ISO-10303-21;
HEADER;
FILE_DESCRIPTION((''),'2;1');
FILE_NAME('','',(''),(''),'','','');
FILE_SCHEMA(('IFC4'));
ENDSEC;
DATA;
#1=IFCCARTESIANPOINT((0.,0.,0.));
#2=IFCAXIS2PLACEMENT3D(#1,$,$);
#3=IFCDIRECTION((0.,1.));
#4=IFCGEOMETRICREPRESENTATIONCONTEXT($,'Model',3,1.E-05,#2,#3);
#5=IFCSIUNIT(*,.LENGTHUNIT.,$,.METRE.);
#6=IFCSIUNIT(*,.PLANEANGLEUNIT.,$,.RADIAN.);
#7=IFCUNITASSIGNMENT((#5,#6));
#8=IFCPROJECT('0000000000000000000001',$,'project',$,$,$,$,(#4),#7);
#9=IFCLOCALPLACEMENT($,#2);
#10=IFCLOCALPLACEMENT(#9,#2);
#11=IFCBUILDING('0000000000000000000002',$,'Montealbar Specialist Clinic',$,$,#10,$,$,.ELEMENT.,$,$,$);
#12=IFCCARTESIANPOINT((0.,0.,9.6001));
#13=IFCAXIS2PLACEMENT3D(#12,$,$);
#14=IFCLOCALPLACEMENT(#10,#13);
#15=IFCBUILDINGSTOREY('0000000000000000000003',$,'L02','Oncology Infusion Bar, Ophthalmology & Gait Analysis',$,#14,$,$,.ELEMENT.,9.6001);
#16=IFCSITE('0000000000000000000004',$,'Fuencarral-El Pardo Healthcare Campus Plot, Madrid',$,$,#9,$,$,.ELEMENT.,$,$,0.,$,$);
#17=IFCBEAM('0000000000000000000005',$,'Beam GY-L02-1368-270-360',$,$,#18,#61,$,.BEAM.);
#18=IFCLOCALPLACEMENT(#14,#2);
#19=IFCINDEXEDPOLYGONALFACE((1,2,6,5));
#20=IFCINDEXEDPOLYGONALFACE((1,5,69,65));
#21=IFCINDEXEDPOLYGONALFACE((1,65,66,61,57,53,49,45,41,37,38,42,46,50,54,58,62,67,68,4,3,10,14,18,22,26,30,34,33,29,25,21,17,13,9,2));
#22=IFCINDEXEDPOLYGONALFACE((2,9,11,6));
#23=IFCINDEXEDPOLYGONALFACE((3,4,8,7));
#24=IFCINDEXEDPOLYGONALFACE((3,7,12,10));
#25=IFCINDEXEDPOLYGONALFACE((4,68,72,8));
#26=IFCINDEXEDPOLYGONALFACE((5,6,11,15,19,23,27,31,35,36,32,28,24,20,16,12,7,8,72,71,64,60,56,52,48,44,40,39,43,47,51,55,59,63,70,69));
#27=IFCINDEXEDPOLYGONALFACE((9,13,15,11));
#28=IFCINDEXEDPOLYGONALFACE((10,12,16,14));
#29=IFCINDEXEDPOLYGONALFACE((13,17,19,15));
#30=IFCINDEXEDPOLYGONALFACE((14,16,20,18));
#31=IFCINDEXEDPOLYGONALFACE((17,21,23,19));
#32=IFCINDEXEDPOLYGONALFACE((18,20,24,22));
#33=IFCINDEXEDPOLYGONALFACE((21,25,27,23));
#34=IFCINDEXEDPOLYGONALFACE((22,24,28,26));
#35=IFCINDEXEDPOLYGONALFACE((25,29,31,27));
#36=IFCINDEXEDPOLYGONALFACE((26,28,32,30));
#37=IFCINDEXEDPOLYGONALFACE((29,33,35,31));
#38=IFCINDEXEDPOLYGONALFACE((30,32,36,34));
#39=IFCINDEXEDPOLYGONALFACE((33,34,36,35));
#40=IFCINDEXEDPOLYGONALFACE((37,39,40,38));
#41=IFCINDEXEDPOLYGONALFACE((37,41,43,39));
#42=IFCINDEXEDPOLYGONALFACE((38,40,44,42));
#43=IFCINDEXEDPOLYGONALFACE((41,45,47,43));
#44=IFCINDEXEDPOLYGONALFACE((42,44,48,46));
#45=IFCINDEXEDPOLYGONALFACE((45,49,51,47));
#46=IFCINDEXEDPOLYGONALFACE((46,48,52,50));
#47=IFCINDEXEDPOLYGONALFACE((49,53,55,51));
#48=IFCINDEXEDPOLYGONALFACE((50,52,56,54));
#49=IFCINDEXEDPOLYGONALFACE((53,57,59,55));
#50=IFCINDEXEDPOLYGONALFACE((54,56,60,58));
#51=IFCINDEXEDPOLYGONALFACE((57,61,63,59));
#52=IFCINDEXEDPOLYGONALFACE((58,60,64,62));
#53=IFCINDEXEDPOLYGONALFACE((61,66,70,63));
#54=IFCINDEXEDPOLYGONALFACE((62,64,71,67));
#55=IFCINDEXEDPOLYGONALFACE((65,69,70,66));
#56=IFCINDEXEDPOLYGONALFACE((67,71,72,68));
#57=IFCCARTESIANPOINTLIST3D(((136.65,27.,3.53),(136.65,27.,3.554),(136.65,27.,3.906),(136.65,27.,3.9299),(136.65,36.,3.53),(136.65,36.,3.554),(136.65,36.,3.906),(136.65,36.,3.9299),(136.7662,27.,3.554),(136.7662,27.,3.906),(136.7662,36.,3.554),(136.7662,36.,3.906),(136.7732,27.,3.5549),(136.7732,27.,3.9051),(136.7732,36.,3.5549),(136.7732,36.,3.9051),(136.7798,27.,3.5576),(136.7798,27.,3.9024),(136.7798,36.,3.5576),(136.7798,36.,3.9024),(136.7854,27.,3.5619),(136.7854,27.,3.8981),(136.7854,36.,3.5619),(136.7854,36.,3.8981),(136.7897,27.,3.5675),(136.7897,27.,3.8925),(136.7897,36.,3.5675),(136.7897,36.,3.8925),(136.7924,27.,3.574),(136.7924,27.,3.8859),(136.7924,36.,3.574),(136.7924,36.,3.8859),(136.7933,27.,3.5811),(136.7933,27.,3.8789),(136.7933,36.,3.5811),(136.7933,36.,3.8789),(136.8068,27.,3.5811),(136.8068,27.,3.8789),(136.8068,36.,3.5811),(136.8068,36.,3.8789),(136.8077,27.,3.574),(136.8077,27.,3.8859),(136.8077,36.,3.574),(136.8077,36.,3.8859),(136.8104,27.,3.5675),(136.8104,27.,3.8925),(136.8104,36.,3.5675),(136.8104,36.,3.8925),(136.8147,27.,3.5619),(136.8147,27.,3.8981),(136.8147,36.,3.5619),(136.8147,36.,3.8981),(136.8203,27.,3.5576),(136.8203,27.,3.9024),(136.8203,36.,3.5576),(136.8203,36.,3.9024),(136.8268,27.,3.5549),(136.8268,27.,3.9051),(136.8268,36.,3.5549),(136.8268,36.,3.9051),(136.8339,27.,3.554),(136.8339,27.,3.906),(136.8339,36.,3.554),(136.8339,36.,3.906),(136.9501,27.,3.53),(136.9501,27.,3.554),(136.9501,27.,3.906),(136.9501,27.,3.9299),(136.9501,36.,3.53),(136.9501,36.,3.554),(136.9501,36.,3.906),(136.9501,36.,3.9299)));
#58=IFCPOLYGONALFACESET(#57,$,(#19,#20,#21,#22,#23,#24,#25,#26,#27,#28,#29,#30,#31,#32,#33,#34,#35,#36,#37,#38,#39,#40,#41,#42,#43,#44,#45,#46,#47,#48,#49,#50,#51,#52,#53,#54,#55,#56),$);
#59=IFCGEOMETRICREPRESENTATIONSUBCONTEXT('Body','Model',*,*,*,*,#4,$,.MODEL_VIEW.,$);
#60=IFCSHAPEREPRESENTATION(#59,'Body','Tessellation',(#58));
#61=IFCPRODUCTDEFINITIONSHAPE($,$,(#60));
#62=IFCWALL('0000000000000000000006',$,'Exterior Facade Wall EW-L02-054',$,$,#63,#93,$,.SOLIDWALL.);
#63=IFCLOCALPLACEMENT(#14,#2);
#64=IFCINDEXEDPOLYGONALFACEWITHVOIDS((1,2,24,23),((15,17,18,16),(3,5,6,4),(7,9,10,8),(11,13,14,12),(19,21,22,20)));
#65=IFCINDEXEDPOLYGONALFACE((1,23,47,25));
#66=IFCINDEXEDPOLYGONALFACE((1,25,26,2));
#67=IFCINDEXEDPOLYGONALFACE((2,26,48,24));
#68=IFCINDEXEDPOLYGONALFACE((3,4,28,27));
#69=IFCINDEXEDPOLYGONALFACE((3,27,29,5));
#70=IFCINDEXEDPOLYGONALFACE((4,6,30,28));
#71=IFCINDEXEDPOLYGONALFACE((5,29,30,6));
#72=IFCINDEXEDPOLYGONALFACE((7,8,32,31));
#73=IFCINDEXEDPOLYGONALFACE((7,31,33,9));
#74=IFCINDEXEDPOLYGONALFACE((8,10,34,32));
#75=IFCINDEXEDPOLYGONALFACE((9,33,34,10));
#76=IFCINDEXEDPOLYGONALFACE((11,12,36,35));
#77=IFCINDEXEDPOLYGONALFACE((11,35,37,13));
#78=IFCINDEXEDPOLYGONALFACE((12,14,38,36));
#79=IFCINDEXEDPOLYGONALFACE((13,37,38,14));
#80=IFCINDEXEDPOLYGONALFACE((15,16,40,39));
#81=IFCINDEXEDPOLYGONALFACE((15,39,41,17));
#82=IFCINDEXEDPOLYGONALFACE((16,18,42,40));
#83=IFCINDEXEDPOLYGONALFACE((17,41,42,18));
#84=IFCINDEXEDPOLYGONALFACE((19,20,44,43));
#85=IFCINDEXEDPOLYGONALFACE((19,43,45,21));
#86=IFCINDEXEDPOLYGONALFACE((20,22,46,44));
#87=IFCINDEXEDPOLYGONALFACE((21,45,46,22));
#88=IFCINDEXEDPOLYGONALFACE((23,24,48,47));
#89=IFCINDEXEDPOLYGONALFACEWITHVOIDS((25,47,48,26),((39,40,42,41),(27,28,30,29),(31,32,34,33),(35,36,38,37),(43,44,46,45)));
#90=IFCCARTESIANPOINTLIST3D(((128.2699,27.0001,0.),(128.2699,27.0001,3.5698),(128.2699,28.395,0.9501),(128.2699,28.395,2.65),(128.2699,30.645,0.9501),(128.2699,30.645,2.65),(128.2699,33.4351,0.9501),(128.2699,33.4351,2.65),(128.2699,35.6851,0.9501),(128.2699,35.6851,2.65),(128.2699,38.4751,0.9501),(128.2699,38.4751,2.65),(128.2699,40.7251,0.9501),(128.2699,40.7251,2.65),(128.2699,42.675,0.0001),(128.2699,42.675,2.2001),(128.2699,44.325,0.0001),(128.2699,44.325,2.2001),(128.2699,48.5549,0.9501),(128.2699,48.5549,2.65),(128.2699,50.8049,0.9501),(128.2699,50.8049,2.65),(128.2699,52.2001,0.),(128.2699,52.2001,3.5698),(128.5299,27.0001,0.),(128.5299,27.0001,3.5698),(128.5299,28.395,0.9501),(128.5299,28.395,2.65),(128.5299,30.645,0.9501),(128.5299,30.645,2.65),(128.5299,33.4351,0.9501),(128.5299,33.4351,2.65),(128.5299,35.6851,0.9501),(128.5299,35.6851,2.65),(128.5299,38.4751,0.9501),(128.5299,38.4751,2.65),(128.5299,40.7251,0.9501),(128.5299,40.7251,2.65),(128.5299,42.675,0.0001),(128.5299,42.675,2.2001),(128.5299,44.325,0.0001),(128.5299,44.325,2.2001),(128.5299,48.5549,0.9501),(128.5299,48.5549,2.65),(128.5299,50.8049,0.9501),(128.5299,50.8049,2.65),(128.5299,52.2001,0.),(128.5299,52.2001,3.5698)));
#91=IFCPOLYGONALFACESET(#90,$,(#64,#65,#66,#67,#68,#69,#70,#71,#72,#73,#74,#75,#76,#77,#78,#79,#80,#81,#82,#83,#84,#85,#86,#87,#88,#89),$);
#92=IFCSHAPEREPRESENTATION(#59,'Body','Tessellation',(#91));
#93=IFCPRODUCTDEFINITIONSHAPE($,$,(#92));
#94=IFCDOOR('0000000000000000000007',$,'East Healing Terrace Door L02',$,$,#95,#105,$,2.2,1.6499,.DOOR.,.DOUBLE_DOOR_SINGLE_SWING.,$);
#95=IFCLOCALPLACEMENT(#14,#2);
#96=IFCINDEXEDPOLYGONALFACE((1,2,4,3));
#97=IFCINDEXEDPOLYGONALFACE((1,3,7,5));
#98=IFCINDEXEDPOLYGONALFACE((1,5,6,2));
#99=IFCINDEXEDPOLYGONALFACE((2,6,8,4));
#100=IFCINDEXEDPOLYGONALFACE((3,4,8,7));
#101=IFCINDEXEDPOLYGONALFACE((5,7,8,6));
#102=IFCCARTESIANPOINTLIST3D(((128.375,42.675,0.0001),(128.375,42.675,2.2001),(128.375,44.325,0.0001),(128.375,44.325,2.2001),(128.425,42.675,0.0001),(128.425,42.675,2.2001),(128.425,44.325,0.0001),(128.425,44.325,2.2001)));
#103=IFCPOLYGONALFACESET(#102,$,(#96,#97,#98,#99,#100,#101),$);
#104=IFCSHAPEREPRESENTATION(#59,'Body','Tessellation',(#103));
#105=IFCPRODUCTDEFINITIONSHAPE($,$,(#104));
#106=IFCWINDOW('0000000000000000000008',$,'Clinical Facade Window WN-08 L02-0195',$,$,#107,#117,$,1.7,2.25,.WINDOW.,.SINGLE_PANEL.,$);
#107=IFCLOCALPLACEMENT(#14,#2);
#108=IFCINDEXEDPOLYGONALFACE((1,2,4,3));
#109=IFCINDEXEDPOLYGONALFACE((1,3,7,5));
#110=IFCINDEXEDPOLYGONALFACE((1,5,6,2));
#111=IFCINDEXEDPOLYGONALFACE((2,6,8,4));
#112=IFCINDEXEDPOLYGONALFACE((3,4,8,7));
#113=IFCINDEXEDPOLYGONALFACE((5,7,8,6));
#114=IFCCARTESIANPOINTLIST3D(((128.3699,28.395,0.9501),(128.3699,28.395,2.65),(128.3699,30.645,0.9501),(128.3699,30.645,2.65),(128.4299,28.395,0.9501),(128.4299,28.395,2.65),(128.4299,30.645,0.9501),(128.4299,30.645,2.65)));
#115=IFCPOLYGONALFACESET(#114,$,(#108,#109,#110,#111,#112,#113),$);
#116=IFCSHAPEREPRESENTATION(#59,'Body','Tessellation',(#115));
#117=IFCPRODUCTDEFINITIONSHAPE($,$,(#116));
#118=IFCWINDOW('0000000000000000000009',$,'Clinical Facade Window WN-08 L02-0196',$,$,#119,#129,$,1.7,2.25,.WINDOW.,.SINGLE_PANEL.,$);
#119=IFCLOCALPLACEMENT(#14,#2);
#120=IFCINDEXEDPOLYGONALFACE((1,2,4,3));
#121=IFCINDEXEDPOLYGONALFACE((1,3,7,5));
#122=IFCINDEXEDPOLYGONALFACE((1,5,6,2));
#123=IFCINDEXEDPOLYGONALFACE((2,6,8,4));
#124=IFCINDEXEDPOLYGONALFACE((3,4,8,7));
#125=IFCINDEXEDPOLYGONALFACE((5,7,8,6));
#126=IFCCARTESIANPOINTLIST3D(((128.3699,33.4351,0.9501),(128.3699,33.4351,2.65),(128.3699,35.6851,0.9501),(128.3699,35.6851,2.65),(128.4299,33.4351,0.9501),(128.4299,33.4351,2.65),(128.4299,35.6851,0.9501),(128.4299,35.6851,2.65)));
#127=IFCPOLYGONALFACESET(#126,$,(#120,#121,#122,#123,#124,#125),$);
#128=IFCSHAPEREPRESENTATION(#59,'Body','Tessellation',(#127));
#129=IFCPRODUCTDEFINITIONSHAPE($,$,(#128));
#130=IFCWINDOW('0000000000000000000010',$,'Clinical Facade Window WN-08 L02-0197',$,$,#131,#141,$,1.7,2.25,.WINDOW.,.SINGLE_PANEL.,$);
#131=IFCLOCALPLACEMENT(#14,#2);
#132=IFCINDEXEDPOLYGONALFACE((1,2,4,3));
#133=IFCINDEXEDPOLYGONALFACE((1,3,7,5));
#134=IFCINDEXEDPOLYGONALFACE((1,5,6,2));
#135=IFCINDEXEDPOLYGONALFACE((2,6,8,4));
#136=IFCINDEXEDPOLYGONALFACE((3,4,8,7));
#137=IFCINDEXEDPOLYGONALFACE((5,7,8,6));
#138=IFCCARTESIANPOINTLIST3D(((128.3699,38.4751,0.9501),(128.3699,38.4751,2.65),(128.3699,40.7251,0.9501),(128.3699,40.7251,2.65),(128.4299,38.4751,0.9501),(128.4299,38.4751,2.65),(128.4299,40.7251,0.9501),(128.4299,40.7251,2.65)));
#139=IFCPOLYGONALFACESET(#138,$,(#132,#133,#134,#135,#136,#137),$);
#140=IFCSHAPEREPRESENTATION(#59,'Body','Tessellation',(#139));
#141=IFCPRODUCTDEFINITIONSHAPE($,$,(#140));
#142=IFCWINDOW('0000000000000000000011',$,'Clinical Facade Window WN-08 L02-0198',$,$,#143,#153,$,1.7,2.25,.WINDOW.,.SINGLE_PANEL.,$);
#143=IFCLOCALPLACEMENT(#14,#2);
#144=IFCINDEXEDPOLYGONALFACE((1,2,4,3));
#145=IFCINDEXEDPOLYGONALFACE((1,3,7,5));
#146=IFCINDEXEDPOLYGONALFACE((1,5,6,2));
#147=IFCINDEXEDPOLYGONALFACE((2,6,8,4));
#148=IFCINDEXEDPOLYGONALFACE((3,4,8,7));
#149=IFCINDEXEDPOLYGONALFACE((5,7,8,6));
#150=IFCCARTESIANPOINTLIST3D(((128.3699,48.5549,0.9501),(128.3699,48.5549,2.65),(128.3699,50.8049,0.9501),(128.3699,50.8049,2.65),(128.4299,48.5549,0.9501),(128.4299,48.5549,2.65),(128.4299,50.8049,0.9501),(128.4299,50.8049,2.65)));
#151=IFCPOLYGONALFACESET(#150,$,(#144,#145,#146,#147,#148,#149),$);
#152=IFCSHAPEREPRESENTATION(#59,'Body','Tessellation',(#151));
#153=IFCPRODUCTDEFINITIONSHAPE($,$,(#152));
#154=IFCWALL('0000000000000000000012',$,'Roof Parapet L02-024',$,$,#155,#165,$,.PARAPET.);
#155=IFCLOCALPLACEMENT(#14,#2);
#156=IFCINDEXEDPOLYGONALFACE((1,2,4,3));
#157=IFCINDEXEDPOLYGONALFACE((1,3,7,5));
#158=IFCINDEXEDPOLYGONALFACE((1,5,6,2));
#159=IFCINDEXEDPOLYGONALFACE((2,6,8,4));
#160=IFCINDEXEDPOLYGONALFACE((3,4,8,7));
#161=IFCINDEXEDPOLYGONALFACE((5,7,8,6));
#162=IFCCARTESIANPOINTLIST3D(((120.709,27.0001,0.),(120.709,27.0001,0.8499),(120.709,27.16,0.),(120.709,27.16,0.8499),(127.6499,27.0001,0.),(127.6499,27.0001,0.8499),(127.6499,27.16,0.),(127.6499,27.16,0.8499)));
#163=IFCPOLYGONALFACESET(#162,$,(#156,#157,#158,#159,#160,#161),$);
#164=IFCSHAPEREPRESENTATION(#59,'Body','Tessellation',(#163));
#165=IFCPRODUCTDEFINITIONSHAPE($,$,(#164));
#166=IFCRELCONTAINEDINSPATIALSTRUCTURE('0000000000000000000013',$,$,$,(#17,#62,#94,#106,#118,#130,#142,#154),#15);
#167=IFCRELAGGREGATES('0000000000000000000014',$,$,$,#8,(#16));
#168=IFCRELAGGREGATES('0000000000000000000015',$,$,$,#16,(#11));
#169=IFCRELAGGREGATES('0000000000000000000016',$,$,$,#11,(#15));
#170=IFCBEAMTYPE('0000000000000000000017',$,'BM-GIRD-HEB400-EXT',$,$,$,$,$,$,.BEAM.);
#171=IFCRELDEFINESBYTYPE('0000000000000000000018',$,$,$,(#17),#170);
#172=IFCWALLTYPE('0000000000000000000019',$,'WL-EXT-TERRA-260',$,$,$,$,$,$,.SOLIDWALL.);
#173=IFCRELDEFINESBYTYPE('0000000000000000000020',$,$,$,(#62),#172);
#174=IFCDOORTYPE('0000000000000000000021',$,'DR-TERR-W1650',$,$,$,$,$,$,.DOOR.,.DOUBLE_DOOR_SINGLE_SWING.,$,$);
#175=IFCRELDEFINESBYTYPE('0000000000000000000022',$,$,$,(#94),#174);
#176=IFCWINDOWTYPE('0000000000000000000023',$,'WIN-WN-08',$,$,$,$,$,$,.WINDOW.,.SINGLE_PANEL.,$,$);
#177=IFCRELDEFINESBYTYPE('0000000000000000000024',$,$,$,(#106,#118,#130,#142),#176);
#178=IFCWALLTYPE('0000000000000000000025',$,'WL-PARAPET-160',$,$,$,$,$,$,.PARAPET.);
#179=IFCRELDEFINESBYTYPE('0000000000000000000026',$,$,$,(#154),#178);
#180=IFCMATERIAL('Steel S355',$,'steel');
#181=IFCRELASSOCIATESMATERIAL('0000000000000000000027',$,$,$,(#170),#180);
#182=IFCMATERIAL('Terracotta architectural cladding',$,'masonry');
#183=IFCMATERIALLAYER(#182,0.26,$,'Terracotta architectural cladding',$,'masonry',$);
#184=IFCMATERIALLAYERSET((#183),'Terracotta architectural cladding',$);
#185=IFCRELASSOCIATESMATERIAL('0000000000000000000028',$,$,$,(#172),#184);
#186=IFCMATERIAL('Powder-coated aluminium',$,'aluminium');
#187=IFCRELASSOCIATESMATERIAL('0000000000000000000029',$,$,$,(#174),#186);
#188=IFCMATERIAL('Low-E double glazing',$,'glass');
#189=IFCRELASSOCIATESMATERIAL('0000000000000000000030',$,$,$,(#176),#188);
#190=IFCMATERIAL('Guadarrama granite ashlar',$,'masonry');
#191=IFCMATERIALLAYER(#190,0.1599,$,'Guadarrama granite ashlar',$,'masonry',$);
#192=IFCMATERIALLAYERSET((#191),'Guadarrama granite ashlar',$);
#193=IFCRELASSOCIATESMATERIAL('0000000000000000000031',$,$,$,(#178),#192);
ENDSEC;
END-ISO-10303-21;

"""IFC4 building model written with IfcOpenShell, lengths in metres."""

from ifc_helpers import new_model, si_unit, direction, frame, frame_2d, origin, origin_2d, place, context, subcontext, project, spatial, rectangle, i_section, extrude, material, layer, layer_set, material_profile, profile_set, type_object, element, fill, save


model = new_model("IFC4")

# Units and contexts
model_context = context("Model", 3, precision=1e-05, world=origin(), true_north=direction((0.0, 1.0)))
body_context = subcontext(model_context, "Body", "Model", "MODEL_VIEW")
ifc_project = project(units=[si_unit("LENGTHUNIT", "METRE"), si_unit("PLANEANGLEUNIT", "RADIAN")], contexts=[model_context])

# Site, building, storey
site_placement = place(None, origin())
site = spatial("IfcSite", under=ifc_project, at=site_placement, Name="Fuencarral-El Pardo Healthcare Campus Plot, Madrid", CompositionType="ELEMENT", RefElevation=0.0)
building_placement = place(site_placement, origin())
building = spatial("IfcBuilding", under=site, at=building_placement, Name="Montealbar Specialist Clinic", CompositionType="ELEMENT")
storey_placement = place(building_placement, frame((0.0, 0.0, 9.6001)))
storey = spatial("IfcBuildingStorey", under=building, at=storey_placement, Name="L02", Description="Oncology Infusion Bar, Ophthalmology & Gait Analysis", CompositionType="ELEMENT", Elevation=9.6001)

# Shared definitions
ifc_material_1 = material(Name="Steel S355", Category="steel")

# Beam
ifc_material_profile_1 = material_profile(ifc_material_1, i_section(OverallWidth=0.3, OverallDepth=0.3999, WebThickness=0.0134, FlangeThickness=0.0239, FilletRadius=0.0271, at=origin_2d()), Name="HEB 400", Category="steel")
ifc_profile_set_1 = profile_set([ifc_material_profile_1], Name="Steel S355")
beam_type = type_object("IfcBeamType", Name="BM-GIRD-HEB400-EXT", PredefinedType="BEAM", material=ifc_profile_set_1)
beam_1_placement = place(storey_placement, frame((136.8, 27.0, 3.73), z_axis=(0.0, 1.0, 0.0), x_axis=(-1.0, 0.0, 0.0)))
element("IfcBeam", 1, at=beam_1_placement, inside=storey, type_object=beam_type, Name="Beam GY-L02-1368-270-360", PredefinedType="BEAM", context=body_context, shape_type="SweptSolid", body=[
    extrude(i_section(OverallWidth=0.3, OverallDepth=0.3999, WebThickness=0.0134, FlangeThickness=0.0239, FilletRadius=0.0271, at=origin_2d()), origin(), (0.0, 0.0, 1.0), 9.0),
])

# Wall, openings, door, windows
ifc_material_2 = material(Name="Terracotta architectural cladding", Category="masonry")
ifc_layer_1 = layer(ifc_material_2, 0.26, Name="Terracotta architectural cladding", Category="masonry")
ifc_layer_set_1 = layer_set([ifc_layer_1], Name="Terracotta architectural cladding")
wall_type_1 = type_object("IfcWallType", Name="WL-EXT-TERRA-260", PredefinedType="SOLIDWALL", material=ifc_layer_set_1)
wall_1_placement = place(storey_placement, frame((128.3999, 27.0, 0.0), z_axis=(0.0, 0.0, 1.0), x_axis=(0.0, 1.0, 0.0)))
wall_1 = element("IfcWall", 2, at=wall_1_placement, inside=storey, type_object=wall_type_1, Name="Exterior Facade Wall EW-L02-054", PredefinedType="SOLIDWALL", context=body_context, shape_type="SweptSolid", body=[
    extrude(rectangle(XDim=25.2, YDim=0.26, at=frame_2d((12.6001, 0.0))), origin(), (0.0, 0.0, 1.0), 3.5698),
])
opening_1_placement = place(wall_1_placement, frame((15.675, 0.0, 0.0)))
opening_1 = element("IfcOpeningElement", 3, at=opening_1_placement, cuts=wall_1, PredefinedType="OPENING", context=body_context, shape_type="SweptSolid", body=[
    extrude(rectangle(XDim=1.6499, YDim=2.2, at=frame_2d((0.825, 1.1001))), frame((0.0, 0.1399, 0.0), z_axis=(0.0, -1.0, 0.0), x_axis=(1.0, 0.0, 0.0)), (0.0, 0.0, 1.0), 0.28),
])
opening_2_placement = place(wall_1_placement, frame((1.395, 0.0, 0.95)))
opening_2 = element("IfcOpeningElement", 4, at=opening_2_placement, cuts=wall_1, PredefinedType="OPENING", context=body_context, shape_type="SweptSolid", body=[
    extrude(rectangle(XDim=2.25, YDim=1.7, at=frame_2d((1.125, 0.8501))), frame((0.0, 0.1399, 0.0), z_axis=(0.0, -1.0, 0.0), x_axis=(1.0, 0.0, 0.0)), (0.0, 0.0, 1.0), 0.28),
])
opening_3_placement = place(wall_1_placement, frame((6.4351, 0.0, 0.95)))
opening_3 = element("IfcOpeningElement", 5, at=opening_3_placement, cuts=wall_1, PredefinedType="OPENING", context=body_context, shape_type="SweptSolid", body=[
    extrude(rectangle(XDim=2.25, YDim=1.7, at=frame_2d((1.125, 0.8501))), frame((0.0, 0.1399, 0.0), z_axis=(0.0, -1.0, 0.0), x_axis=(1.0, 0.0, 0.0)), (0.0, 0.0, 1.0), 0.28),
])
opening_4_placement = place(wall_1_placement, frame((11.4751, 0.0, 0.95)))
opening_4 = element("IfcOpeningElement", 6, at=opening_4_placement, cuts=wall_1, PredefinedType="OPENING", context=body_context, shape_type="SweptSolid", body=[
    extrude(rectangle(XDim=2.25, YDim=1.7, at=frame_2d((1.125, 0.8501))), frame((0.0, 0.1399, 0.0), z_axis=(0.0, -1.0, 0.0), x_axis=(1.0, 0.0, 0.0)), (0.0, 0.0, 1.0), 0.28),
])
opening_5_placement = place(wall_1_placement, frame((21.5549, 0.0, 0.95)))
opening_5 = element("IfcOpeningElement", 7, at=opening_5_placement, cuts=wall_1, PredefinedType="OPENING", context=body_context, shape_type="SweptSolid", body=[
    extrude(rectangle(XDim=2.25, YDim=1.7, at=frame_2d((1.125, 0.8501))), frame((0.0, 0.1399, 0.0), z_axis=(0.0, -1.0, 0.0), x_axis=(1.0, 0.0, 0.0)), (0.0, 0.0, 1.0), 0.28),
])
ifc_material_3 = material(Name="Powder-coated aluminium", Category="aluminium")
door_type_1 = type_object("IfcDoorType", Name="DR-TERR-W1650", OperationType="DOUBLE_DOOR_SINGLE_SWING", PredefinedType="DOOR", material=ifc_material_3)
door_1_placement = place(opening_1_placement, origin())
door_1 = element("IfcDoor", 8, at=door_1_placement, inside=storey, type_object=door_type_1, Name="East Healing Terrace Door L02", OperationType="DOUBLE_DOOR_SINGLE_SWING", OverallHeight=2.2, OverallWidth=1.6499, PredefinedType="DOOR", context=body_context, shape_type="SweptSolid", body=[
    extrude(rectangle(XDim=1.6499, YDim=2.2, at=frame_2d((0.825, 1.1001))), frame((0.0, 0.0249, 0.0), z_axis=(0.0, -1.0, 0.0), x_axis=(1.0, 0.0, 0.0)), (0.0, 0.0, 1.0), 0.05),
])
fill(opening_1, door_1)
ifc_material_4 = material(Name="Low-E double glazing", Category="glass")
window_type = type_object("IfcWindowType", Name="WIN-WN-08", PartitioningType="SINGLE_PANEL", PredefinedType="WINDOW", material=ifc_material_4)
window_1_placement = place(opening_2_placement, origin())
window_1 = element("IfcWindow", 9, at=window_1_placement, inside=storey, type_object=window_type, Name="Clinical Facade Window WN-08 L02-0195", OverallHeight=1.7, OverallWidth=2.25, PartitioningType="SINGLE_PANEL", PredefinedType="WINDOW", context=body_context, shape_type="SweptSolid", body=[
    extrude(rectangle(XDim=2.25, YDim=1.7, at=frame_2d((1.125, 0.8501))), frame((0.0, 0.03, 0.0), z_axis=(0.0, -1.0, 0.0), x_axis=(1.0, 0.0, 0.0)), (0.0, 0.0, 1.0), 0.0601),
])
fill(opening_2, window_1)
window_2_placement = place(opening_3_placement, origin())
window_2 = element("IfcWindow", 10, at=window_2_placement, inside=storey, type_object=window_type, Name="Clinical Facade Window WN-08 L02-0196", OverallHeight=1.7, OverallWidth=2.25, PartitioningType="SINGLE_PANEL", PredefinedType="WINDOW", context=body_context, shape_type="SweptSolid", body=[
    extrude(rectangle(XDim=2.25, YDim=1.7, at=frame_2d((1.125, 0.8501))), frame((0.0, 0.03, 0.0), z_axis=(0.0, -1.0, 0.0), x_axis=(1.0, 0.0, 0.0)), (0.0, 0.0, 1.0), 0.0601),
])
fill(opening_3, window_2)
window_3_placement = place(opening_4_placement, origin())
window_3 = element("IfcWindow", 11, at=window_3_placement, inside=storey, type_object=window_type, Name="Clinical Facade Window WN-08 L02-0197", OverallHeight=1.7, OverallWidth=2.25, PartitioningType="SINGLE_PANEL", PredefinedType="WINDOW", context=body_context, shape_type="SweptSolid", body=[
    extrude(rectangle(XDim=2.25, YDim=1.7, at=frame_2d((1.125, 0.8501))), frame((0.0, 0.03, 0.0), z_axis=(0.0, -1.0, 0.0), x_axis=(1.0, 0.0, 0.0)), (0.0, 0.0, 1.0), 0.0601),
])
fill(opening_4, window_3)
window_4_placement = place(opening_5_placement, origin())
window_4 = element("IfcWindow", 12, at=window_4_placement, inside=storey, type_object=window_type, Name="Clinical Facade Window WN-08 L02-0198", OverallHeight=1.7, OverallWidth=2.25, PartitioningType="SINGLE_PANEL", PredefinedType="WINDOW", context=body_context, shape_type="SweptSolid", body=[
    extrude(rectangle(XDim=2.25, YDim=1.7, at=frame_2d((1.125, 0.8501))), frame((0.0, 0.03, 0.0), z_axis=(0.0, -1.0, 0.0), x_axis=(1.0, 0.0, 0.0)), (0.0, 0.0, 1.0), 0.0601),
])
fill(opening_5, window_4)

# Wall
ifc_material_5 = material(Name="Guadarrama granite ashlar", Category="masonry")
ifc_layer_2 = layer(ifc_material_5, 0.1599, Name="Guadarrama granite ashlar", Category="masonry")
ifc_layer_set_2 = layer_set([ifc_layer_2], Name="Guadarrama granite ashlar")
wall_type_2 = type_object("IfcWallType", Name="WL-PARAPET-160", PredefinedType="PARAPET", material=ifc_layer_set_2)
wall_2_placement = place(storey_placement, frame((127.6499, 27.0801, 0.0), z_axis=(0.0, 0.0, 1.0), x_axis=(-1.0, 0.0, 0.0)))
element("IfcWall", 13, at=wall_2_placement, inside=storey, type_object=wall_type_2, Name="Roof Parapet L02-024", PredefinedType="PARAPET", context=body_context, shape_type="SweptSolid", body=[
    extrude(rectangle(XDim=6.9409, YDim=0.1599, at=frame_2d((3.4705, 0.0))), origin(), (0.0, 0.0, 1.0), 0.8499),
])

save(model, "model.ifc")
